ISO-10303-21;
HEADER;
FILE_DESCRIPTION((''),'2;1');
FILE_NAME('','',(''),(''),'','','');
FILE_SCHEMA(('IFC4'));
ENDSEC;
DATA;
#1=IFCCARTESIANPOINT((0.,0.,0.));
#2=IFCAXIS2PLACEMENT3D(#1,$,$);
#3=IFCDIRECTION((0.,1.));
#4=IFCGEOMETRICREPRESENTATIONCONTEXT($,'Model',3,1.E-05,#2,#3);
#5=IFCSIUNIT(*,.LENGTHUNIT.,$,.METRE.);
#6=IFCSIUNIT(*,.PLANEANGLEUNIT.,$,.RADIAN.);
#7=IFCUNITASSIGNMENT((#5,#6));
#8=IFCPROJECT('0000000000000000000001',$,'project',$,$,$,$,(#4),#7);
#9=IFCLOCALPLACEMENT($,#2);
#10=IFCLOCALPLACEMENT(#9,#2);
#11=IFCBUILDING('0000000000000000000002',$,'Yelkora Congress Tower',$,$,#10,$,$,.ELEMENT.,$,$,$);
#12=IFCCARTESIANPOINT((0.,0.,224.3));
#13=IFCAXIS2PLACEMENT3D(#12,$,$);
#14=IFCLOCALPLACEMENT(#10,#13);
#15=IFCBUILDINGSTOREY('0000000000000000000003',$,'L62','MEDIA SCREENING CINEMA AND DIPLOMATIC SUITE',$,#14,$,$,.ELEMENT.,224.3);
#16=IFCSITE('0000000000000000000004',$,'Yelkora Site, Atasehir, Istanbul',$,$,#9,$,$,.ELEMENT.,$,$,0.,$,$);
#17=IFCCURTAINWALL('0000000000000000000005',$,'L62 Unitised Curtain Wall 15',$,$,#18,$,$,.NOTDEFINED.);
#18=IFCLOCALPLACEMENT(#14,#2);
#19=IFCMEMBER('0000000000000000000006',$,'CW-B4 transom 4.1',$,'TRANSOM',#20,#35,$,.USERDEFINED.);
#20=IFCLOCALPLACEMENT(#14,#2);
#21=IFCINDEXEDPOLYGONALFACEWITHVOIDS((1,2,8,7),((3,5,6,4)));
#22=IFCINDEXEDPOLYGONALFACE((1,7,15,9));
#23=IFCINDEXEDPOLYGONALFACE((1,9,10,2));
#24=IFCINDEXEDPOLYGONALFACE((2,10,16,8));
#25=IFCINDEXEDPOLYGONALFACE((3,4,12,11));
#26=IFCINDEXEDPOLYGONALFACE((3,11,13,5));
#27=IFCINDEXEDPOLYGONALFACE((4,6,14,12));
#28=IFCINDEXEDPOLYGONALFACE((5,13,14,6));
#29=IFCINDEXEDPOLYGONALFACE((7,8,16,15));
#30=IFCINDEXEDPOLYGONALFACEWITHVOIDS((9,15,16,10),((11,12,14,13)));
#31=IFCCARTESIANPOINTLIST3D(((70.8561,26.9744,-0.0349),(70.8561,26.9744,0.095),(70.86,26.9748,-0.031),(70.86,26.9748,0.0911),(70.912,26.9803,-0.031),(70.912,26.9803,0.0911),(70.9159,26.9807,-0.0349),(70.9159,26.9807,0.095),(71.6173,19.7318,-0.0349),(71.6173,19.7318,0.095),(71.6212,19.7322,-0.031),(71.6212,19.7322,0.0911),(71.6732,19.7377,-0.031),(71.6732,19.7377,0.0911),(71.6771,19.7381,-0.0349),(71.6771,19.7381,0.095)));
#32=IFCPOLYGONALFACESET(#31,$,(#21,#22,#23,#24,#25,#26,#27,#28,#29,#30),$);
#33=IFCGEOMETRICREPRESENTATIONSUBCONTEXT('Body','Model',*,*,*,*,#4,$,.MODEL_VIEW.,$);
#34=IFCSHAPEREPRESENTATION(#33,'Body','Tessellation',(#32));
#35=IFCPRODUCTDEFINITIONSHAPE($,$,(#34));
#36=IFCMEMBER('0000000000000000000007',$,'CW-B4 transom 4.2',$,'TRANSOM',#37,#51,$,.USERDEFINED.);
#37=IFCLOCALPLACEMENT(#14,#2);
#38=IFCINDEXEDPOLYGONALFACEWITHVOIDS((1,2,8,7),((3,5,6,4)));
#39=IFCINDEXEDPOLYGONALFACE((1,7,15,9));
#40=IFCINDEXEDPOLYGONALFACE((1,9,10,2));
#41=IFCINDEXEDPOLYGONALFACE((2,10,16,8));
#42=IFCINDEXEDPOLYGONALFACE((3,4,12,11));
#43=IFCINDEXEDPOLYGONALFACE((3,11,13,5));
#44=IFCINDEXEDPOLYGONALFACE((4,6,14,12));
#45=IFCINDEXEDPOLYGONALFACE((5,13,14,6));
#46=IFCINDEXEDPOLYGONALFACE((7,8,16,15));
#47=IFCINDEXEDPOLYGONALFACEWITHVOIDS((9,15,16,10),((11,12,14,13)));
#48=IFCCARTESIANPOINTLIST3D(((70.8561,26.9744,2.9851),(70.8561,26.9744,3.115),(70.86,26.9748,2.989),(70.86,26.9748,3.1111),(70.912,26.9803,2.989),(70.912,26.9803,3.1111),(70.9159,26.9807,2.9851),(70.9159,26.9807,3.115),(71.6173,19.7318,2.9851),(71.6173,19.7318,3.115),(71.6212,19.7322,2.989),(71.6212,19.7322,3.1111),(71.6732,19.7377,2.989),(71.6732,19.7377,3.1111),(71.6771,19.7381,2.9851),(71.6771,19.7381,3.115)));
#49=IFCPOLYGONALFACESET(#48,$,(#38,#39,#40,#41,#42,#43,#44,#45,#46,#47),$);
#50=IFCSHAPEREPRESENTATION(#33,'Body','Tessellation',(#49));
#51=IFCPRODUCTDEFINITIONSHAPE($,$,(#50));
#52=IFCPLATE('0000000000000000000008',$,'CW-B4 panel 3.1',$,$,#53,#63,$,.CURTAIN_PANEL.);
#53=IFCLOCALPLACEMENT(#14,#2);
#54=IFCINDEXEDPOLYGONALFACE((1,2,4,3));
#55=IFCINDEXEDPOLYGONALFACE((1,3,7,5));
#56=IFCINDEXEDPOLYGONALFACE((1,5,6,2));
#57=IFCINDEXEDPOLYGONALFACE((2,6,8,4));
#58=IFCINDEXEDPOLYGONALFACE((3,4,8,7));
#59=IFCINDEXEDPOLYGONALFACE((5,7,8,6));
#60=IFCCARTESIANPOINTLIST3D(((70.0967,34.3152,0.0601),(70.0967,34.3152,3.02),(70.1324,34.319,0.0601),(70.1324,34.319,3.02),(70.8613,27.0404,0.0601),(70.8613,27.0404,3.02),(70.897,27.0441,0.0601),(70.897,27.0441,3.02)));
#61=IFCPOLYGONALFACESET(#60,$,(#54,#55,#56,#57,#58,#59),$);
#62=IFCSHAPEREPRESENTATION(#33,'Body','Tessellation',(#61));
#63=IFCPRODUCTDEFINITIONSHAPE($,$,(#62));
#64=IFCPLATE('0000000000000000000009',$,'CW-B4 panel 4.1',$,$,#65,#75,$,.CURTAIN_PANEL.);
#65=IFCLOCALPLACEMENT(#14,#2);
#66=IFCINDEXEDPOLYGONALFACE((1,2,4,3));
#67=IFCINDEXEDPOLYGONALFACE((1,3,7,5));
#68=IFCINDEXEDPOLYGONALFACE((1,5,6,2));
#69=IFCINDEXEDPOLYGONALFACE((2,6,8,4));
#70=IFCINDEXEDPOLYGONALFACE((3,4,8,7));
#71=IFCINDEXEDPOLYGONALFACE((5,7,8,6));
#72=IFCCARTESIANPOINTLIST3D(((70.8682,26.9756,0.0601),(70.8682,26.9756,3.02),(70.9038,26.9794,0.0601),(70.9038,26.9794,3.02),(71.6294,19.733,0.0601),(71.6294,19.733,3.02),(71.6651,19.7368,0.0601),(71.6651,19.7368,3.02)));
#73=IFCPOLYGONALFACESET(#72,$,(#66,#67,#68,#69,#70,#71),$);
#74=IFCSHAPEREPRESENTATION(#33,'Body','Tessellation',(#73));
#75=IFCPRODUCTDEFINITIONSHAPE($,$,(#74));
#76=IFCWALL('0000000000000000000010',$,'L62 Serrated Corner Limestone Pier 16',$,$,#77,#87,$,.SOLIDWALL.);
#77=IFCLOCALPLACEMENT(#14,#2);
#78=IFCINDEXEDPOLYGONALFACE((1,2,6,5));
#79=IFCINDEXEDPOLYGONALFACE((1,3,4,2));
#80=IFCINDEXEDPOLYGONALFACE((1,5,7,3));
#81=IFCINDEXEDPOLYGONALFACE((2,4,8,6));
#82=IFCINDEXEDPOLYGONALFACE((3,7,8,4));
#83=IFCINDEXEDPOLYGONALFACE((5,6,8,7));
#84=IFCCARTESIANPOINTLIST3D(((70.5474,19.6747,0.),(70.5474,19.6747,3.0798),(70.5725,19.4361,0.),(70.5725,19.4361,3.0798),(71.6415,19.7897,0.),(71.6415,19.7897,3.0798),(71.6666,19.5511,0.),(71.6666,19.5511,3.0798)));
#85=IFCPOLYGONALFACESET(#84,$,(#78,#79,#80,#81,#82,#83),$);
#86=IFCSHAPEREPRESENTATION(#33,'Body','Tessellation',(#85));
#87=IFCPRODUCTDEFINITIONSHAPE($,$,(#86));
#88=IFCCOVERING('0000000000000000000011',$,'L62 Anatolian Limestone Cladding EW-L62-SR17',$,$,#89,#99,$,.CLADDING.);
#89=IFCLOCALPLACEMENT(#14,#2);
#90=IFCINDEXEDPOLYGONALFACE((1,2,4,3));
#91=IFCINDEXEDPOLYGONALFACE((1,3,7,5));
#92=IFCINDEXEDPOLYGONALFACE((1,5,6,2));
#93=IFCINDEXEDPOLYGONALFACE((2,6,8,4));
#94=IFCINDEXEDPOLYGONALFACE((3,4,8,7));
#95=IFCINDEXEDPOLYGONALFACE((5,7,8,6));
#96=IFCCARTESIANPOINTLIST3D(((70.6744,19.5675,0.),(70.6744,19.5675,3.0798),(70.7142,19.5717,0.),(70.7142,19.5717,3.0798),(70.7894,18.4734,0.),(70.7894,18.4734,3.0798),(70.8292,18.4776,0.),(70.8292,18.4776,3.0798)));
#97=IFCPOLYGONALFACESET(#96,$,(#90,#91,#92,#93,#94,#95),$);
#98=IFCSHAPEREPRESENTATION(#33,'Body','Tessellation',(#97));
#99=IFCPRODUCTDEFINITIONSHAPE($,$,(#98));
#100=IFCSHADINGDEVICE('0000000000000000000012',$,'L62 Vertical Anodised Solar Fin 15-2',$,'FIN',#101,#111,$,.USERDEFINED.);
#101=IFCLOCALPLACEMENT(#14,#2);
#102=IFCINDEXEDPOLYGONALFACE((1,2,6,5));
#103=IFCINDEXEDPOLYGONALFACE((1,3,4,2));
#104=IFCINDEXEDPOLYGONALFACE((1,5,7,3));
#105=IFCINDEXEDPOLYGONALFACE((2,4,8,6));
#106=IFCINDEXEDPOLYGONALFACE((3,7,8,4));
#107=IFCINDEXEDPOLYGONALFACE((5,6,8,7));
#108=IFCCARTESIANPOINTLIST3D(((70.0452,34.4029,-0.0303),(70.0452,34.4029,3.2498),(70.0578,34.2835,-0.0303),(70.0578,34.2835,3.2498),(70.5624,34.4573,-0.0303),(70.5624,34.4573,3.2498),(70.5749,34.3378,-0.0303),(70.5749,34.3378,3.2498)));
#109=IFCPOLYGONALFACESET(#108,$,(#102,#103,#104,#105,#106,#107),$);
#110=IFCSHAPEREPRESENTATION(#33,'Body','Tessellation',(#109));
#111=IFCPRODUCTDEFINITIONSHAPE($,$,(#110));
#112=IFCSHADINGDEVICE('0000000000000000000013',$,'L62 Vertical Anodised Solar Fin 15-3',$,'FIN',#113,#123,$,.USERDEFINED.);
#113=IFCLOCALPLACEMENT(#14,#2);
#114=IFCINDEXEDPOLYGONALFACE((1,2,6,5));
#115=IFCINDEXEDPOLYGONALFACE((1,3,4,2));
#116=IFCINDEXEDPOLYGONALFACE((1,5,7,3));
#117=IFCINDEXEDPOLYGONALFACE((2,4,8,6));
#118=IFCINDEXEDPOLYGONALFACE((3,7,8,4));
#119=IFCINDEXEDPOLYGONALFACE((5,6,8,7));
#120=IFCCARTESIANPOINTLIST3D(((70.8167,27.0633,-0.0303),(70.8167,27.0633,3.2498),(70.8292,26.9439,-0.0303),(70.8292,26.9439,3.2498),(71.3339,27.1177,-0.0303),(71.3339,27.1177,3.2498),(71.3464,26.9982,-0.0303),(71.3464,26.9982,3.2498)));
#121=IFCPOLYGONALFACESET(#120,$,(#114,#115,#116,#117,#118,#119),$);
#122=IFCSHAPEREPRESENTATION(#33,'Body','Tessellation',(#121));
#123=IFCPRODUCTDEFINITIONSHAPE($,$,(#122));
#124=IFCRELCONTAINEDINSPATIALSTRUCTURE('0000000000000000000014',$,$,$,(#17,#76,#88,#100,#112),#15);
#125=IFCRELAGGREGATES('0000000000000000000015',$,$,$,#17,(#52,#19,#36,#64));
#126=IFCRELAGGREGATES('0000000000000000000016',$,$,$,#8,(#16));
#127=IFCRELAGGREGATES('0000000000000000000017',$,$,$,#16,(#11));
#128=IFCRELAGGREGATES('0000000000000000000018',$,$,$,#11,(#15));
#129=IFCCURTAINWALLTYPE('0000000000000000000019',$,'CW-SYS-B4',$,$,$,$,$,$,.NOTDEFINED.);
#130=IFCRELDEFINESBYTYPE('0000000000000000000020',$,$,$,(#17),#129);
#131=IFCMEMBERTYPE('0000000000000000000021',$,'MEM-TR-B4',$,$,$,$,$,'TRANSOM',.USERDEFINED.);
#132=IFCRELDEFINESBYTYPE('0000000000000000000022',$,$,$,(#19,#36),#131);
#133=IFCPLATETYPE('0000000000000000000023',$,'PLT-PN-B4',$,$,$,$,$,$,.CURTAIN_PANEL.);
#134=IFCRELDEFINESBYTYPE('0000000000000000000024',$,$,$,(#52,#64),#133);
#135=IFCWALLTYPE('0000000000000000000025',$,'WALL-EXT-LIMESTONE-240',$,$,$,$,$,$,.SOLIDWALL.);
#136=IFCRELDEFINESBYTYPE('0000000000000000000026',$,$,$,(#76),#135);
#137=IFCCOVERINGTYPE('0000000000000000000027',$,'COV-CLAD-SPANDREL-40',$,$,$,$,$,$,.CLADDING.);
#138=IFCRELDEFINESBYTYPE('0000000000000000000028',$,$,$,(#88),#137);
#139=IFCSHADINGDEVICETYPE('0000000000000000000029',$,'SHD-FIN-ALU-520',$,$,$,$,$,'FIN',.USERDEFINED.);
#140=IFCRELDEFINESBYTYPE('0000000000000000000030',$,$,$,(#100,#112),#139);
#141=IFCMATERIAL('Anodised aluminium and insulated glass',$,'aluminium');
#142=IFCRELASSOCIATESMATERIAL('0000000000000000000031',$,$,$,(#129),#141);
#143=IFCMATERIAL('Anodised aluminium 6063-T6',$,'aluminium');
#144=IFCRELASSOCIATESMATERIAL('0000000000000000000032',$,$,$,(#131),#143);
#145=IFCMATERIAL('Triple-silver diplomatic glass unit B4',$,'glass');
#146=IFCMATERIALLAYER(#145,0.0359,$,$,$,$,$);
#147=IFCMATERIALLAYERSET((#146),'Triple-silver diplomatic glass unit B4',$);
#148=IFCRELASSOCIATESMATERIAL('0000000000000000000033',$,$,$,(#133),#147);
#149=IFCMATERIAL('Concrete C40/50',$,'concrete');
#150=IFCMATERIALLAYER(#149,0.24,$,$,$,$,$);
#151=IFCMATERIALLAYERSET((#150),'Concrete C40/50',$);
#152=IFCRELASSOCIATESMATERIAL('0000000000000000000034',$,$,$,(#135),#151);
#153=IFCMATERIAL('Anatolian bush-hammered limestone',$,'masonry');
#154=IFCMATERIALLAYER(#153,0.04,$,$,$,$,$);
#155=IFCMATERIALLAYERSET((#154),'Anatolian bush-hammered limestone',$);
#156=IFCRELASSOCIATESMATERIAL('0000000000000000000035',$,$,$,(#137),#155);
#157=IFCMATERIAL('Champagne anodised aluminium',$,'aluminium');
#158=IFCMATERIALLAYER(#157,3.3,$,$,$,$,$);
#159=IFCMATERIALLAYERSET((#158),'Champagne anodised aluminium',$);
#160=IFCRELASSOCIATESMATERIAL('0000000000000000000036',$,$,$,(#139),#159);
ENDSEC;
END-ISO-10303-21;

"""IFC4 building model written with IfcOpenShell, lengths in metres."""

from ifc_helpers import new_model, si_unit, direction, frame, frame_2d, origin, origin_2d, place, context, subcontext, project, spatial, rectangle, hollow_rectangle, extrude, material, layer, layer_set, material_profile, profile_set, type_object, element, aggregate, save


model = new_model("IFC4")

# Units and contexts
model_context = context("Model", 3, precision=1e-05, world=origin(), true_north=direction((0.0, 1.0)))
body_context = subcontext(model_context, "Body", "Model", "MODEL_VIEW")
ifc_project = project(units=[si_unit("LENGTHUNIT", "METRE"), si_unit("PLANEANGLEUNIT", "RADIAN")], contexts=[model_context])

# Site, building, storey
site_placement = place(None, origin())
site = spatial("IfcSite", under=ifc_project, at=site_placement, Name="Yelkora Site, Atasehir, Istanbul", CompositionType="ELEMENT", RefElevation=0.0)
building_placement = place(site_placement, origin())
building = spatial("IfcBuilding", under=site, at=building_placement, Name="Yelkora Congress Tower", CompositionType="ELEMENT")
storey_placement = place(building_placement, frame((0.0, 0.0, 224.3)))
storey = spatial("IfcBuildingStorey", under=building, at=storey_placement, Name="L62", Description="MEDIA SCREENING CINEMA AND DIPLOMATIC SUITE", CompositionType="ELEMENT", Elevation=224.3)

# Curtain wall, members, plates
ifc_material_1 = material(Name="Anodised aluminium and insulated glass", Category="aluminium")
curtain_wall_type = type_object("IfcCurtainWallType", Name="CW-SYS-B4", PredefinedType="NOTDEFINED", material=ifc_material_1)
curtain_wall_placement = place(storey_placement, origin())
curtain_wall = element("IfcCurtainWall", 1, at=curtain_wall_placement, inside=storey, type_object=curtain_wall_type, Name="L62 Unitised Curtain Wall 15", PredefinedType="NOTDEFINED")
ifc_material_2 = material(Name="Anodised aluminium 6063-T6", Category="aluminium")
ifc_material_profile_1 = material_profile(ifc_material_2, hollow_rectangle(XDim=0.0601, YDim=0.1299, WallThickness=0.0039, at=origin_2d()), Name="ALU 60x130x4")
ifc_profile_set_1 = profile_set([ifc_material_profile_1], Name="Anodised aluminium 6063-T6")
member_type_1 = type_object("IfcMemberType", Name="MEM-TR-B4", ElementType="TRANSOM", PredefinedType="USERDEFINED", material=ifc_profile_set_1)
member_1_placement = place(storey_placement, frame((70.886, 26.9775, 0.03), z_axis=(0.104528, -0.994522, 0.0), x_axis=(0.994522, 0.104528, 0.0)))
member_1 = element("IfcMember", 2, at=member_1_placement, type_object=member_type_1, Name="CW-B4 transom 4.1", ObjectType="TRANSOM", PredefinedType="USERDEFINED", context=body_context, shape_type="SweptSolid", body=[
    extrude(hollow_rectangle(XDim=0.0601, YDim=0.1299, WallThickness=0.0039, at=origin_2d()), origin(), (0.0, 0.0, 1.0), 7.2825),
])
member_2_placement = place(storey_placement, frame((70.886, 26.9775, 3.05), z_axis=(0.104528, -0.994522, 0.0), x_axis=(0.994522, 0.104528, 0.0)))
member_2 = element("IfcMember", 3, at=member_2_placement, type_object=member_type_1, Name="CW-B4 transom 4.2", ObjectType="TRANSOM", PredefinedType="USERDEFINED", context=body_context, shape_type="SweptSolid", body=[
    extrude(hollow_rectangle(XDim=0.0601, YDim=0.1299, WallThickness=0.0039, at=origin_2d()), origin(), (0.0, 0.0, 1.0), 7.2825),
])
ifc_material_3 = material(Name="Triple-silver diplomatic glass unit B4", Category="glass")
ifc_layer_1 = layer(ifc_material_3, 0.0359)
ifc_layer_set_1 = layer_set([ifc_layer_1], Name="Triple-silver diplomatic glass unit B4")
plate_type = type_object("IfcPlateType", Name="PLT-PN-B4", PredefinedType="CURTAIN_PANEL", material=ifc_layer_set_1)
plate_1_placement = place(storey_placement, frame((70.4968, 30.6797, 0.0601), z_axis=(0.0, 0.0, 1.0), x_axis=(0.104526, -0.994522, 0.0)))
plate_1 = element("IfcPlate", 4, at=plate_1_placement, type_object=plate_type, Name="CW-B4 panel 3.1", PredefinedType="CURTAIN_PANEL", context=body_context, shape_type="SweptSolid", body=[
    extrude(rectangle(XDim=7.3149, YDim=0.0359, at=origin_2d()), origin(), (0.0, 0.0, 1.0), 2.96),
])
plate_2_placement = place(storey_placement, frame((71.2666, 23.3562, 0.0601), z_axis=(0.0, 0.0, 1.0), x_axis=(0.104526, -0.994522, 0.0)))
plate_2 = element("IfcPlate", 5, at=plate_2_placement, type_object=plate_type, Name="CW-B4 panel 4.1", PredefinedType="CURTAIN_PANEL", context=body_context, shape_type="SweptSolid", body=[
    extrude(rectangle(XDim=7.2825, YDim=0.0359, at=origin_2d()), origin(), (0.0, 0.0, 1.0), 2.96),
])
aggregate(curtain_wall, [plate_1, member_1, member_2, plate_2])

# Wall
ifc_material_4 = material(Name="Concrete C40/50", Category="concrete")
ifc_layer_2 = layer(ifc_material_4, 0.24)
ifc_layer_set_2 = layer_set([ifc_layer_2], Name="Concrete C40/50")
wall_type = type_object("IfcWallType", Name="WALL-EXT-LIMESTONE-240", PredefinedType="SOLIDWALL", material=ifc_layer_set_2)
wall_placement = place(storey_placement, frame((71.6541, 19.6704, 0.0), z_axis=(0.0, 0.0, 1.0), x_axis=(-0.994521, -0.104535, 0.0)))
element("IfcWall", 6, at=wall_placement, inside=storey, type_object=wall_type, Name="L62 Serrated Corner Limestone Pier 16", PredefinedType="SOLIDWALL", context=body_context, shape_type="SweptSolid", body=[
    extrude(rectangle(XDim=1.1001, YDim=0.24, at=frame_2d((0.55, 0.0))), origin(), (0.0, 0.0, 1.0), 3.0798),
])

# Covering
ifc_material_5 = material(Name="Anatolian bush-hammered limestone", Category="masonry")
ifc_layer_3 = layer(ifc_material_5, 0.04)
ifc_layer_set_3 = layer_set([ifc_layer_3], Name="Anatolian bush-hammered limestone")
covering_type = type_object("IfcCoveringType", Name="COV-CLAD-SPANDREL-40", PredefinedType="CLADDING", material=ifc_layer_set_3)
covering_placement = place(storey_placement, frame((70.6943, 19.5696, 0.0), z_axis=(0.0, 0.0, 1.0), x_axis=(0.104535, -0.994521, 0.0)))
element("IfcCovering", 7, at=covering_placement, inside=storey, type_object=covering_type, Name="L62 Anatolian Limestone Cladding EW-L62-SR17", PredefinedType="CLADDING", context=body_context, shape_type="SweptSolid", body=[
    extrude(rectangle(XDim=1.1001, YDim=0.04, at=frame_2d((0.55, 0.0))), origin(), (0.0, 0.0, 1.0), 3.0798),
])

# Shading devices
ifc_material_6 = material(Name="Champagne anodised aluminium", Category="aluminium")
ifc_layer_4 = layer(ifc_material_6, 3.3)
ifc_layer_set_4 = layer_set([ifc_layer_4], Name="Champagne anodised aluminium")
shading_device_type = type_object("IfcShadingDeviceType", Name="SHD-FIN-ALU-520", ElementType="FIN", PredefinedType="USERDEFINED", material=ifc_layer_set_4)
for number, where, z_axis, x_axis, name in (
    (8, (70.3101, 34.3704, -0.0303), (0.0, 0.0, 1.0), (0.104528, -0.994522, 0.0), "L62 Vertical Anodised Solar Fin 15-2"),
    (9, (71.0815, 27.0308, -0.0303), (0.0, 0.0, 1.0), (0.104528, -0.994522, 0.0), "L62 Vertical Anodised Solar Fin 15-3"),
):
    element("IfcShadingDevice", number, at=place(storey_placement, frame(where, z_axis=z_axis, x_axis=x_axis)), inside=storey, type_object=shading_device_type, Name=name, ObjectType="FIN", PredefinedType="USERDEFINED", context=body_context, shape_type="SweptSolid", body=[
        extrude(rectangle(XDim=0.1201, YDim=0.52, at=origin_2d()), origin(), (0.0, 0.0, 1.0), 3.28),
    ])

save(model, "model.ifc")
